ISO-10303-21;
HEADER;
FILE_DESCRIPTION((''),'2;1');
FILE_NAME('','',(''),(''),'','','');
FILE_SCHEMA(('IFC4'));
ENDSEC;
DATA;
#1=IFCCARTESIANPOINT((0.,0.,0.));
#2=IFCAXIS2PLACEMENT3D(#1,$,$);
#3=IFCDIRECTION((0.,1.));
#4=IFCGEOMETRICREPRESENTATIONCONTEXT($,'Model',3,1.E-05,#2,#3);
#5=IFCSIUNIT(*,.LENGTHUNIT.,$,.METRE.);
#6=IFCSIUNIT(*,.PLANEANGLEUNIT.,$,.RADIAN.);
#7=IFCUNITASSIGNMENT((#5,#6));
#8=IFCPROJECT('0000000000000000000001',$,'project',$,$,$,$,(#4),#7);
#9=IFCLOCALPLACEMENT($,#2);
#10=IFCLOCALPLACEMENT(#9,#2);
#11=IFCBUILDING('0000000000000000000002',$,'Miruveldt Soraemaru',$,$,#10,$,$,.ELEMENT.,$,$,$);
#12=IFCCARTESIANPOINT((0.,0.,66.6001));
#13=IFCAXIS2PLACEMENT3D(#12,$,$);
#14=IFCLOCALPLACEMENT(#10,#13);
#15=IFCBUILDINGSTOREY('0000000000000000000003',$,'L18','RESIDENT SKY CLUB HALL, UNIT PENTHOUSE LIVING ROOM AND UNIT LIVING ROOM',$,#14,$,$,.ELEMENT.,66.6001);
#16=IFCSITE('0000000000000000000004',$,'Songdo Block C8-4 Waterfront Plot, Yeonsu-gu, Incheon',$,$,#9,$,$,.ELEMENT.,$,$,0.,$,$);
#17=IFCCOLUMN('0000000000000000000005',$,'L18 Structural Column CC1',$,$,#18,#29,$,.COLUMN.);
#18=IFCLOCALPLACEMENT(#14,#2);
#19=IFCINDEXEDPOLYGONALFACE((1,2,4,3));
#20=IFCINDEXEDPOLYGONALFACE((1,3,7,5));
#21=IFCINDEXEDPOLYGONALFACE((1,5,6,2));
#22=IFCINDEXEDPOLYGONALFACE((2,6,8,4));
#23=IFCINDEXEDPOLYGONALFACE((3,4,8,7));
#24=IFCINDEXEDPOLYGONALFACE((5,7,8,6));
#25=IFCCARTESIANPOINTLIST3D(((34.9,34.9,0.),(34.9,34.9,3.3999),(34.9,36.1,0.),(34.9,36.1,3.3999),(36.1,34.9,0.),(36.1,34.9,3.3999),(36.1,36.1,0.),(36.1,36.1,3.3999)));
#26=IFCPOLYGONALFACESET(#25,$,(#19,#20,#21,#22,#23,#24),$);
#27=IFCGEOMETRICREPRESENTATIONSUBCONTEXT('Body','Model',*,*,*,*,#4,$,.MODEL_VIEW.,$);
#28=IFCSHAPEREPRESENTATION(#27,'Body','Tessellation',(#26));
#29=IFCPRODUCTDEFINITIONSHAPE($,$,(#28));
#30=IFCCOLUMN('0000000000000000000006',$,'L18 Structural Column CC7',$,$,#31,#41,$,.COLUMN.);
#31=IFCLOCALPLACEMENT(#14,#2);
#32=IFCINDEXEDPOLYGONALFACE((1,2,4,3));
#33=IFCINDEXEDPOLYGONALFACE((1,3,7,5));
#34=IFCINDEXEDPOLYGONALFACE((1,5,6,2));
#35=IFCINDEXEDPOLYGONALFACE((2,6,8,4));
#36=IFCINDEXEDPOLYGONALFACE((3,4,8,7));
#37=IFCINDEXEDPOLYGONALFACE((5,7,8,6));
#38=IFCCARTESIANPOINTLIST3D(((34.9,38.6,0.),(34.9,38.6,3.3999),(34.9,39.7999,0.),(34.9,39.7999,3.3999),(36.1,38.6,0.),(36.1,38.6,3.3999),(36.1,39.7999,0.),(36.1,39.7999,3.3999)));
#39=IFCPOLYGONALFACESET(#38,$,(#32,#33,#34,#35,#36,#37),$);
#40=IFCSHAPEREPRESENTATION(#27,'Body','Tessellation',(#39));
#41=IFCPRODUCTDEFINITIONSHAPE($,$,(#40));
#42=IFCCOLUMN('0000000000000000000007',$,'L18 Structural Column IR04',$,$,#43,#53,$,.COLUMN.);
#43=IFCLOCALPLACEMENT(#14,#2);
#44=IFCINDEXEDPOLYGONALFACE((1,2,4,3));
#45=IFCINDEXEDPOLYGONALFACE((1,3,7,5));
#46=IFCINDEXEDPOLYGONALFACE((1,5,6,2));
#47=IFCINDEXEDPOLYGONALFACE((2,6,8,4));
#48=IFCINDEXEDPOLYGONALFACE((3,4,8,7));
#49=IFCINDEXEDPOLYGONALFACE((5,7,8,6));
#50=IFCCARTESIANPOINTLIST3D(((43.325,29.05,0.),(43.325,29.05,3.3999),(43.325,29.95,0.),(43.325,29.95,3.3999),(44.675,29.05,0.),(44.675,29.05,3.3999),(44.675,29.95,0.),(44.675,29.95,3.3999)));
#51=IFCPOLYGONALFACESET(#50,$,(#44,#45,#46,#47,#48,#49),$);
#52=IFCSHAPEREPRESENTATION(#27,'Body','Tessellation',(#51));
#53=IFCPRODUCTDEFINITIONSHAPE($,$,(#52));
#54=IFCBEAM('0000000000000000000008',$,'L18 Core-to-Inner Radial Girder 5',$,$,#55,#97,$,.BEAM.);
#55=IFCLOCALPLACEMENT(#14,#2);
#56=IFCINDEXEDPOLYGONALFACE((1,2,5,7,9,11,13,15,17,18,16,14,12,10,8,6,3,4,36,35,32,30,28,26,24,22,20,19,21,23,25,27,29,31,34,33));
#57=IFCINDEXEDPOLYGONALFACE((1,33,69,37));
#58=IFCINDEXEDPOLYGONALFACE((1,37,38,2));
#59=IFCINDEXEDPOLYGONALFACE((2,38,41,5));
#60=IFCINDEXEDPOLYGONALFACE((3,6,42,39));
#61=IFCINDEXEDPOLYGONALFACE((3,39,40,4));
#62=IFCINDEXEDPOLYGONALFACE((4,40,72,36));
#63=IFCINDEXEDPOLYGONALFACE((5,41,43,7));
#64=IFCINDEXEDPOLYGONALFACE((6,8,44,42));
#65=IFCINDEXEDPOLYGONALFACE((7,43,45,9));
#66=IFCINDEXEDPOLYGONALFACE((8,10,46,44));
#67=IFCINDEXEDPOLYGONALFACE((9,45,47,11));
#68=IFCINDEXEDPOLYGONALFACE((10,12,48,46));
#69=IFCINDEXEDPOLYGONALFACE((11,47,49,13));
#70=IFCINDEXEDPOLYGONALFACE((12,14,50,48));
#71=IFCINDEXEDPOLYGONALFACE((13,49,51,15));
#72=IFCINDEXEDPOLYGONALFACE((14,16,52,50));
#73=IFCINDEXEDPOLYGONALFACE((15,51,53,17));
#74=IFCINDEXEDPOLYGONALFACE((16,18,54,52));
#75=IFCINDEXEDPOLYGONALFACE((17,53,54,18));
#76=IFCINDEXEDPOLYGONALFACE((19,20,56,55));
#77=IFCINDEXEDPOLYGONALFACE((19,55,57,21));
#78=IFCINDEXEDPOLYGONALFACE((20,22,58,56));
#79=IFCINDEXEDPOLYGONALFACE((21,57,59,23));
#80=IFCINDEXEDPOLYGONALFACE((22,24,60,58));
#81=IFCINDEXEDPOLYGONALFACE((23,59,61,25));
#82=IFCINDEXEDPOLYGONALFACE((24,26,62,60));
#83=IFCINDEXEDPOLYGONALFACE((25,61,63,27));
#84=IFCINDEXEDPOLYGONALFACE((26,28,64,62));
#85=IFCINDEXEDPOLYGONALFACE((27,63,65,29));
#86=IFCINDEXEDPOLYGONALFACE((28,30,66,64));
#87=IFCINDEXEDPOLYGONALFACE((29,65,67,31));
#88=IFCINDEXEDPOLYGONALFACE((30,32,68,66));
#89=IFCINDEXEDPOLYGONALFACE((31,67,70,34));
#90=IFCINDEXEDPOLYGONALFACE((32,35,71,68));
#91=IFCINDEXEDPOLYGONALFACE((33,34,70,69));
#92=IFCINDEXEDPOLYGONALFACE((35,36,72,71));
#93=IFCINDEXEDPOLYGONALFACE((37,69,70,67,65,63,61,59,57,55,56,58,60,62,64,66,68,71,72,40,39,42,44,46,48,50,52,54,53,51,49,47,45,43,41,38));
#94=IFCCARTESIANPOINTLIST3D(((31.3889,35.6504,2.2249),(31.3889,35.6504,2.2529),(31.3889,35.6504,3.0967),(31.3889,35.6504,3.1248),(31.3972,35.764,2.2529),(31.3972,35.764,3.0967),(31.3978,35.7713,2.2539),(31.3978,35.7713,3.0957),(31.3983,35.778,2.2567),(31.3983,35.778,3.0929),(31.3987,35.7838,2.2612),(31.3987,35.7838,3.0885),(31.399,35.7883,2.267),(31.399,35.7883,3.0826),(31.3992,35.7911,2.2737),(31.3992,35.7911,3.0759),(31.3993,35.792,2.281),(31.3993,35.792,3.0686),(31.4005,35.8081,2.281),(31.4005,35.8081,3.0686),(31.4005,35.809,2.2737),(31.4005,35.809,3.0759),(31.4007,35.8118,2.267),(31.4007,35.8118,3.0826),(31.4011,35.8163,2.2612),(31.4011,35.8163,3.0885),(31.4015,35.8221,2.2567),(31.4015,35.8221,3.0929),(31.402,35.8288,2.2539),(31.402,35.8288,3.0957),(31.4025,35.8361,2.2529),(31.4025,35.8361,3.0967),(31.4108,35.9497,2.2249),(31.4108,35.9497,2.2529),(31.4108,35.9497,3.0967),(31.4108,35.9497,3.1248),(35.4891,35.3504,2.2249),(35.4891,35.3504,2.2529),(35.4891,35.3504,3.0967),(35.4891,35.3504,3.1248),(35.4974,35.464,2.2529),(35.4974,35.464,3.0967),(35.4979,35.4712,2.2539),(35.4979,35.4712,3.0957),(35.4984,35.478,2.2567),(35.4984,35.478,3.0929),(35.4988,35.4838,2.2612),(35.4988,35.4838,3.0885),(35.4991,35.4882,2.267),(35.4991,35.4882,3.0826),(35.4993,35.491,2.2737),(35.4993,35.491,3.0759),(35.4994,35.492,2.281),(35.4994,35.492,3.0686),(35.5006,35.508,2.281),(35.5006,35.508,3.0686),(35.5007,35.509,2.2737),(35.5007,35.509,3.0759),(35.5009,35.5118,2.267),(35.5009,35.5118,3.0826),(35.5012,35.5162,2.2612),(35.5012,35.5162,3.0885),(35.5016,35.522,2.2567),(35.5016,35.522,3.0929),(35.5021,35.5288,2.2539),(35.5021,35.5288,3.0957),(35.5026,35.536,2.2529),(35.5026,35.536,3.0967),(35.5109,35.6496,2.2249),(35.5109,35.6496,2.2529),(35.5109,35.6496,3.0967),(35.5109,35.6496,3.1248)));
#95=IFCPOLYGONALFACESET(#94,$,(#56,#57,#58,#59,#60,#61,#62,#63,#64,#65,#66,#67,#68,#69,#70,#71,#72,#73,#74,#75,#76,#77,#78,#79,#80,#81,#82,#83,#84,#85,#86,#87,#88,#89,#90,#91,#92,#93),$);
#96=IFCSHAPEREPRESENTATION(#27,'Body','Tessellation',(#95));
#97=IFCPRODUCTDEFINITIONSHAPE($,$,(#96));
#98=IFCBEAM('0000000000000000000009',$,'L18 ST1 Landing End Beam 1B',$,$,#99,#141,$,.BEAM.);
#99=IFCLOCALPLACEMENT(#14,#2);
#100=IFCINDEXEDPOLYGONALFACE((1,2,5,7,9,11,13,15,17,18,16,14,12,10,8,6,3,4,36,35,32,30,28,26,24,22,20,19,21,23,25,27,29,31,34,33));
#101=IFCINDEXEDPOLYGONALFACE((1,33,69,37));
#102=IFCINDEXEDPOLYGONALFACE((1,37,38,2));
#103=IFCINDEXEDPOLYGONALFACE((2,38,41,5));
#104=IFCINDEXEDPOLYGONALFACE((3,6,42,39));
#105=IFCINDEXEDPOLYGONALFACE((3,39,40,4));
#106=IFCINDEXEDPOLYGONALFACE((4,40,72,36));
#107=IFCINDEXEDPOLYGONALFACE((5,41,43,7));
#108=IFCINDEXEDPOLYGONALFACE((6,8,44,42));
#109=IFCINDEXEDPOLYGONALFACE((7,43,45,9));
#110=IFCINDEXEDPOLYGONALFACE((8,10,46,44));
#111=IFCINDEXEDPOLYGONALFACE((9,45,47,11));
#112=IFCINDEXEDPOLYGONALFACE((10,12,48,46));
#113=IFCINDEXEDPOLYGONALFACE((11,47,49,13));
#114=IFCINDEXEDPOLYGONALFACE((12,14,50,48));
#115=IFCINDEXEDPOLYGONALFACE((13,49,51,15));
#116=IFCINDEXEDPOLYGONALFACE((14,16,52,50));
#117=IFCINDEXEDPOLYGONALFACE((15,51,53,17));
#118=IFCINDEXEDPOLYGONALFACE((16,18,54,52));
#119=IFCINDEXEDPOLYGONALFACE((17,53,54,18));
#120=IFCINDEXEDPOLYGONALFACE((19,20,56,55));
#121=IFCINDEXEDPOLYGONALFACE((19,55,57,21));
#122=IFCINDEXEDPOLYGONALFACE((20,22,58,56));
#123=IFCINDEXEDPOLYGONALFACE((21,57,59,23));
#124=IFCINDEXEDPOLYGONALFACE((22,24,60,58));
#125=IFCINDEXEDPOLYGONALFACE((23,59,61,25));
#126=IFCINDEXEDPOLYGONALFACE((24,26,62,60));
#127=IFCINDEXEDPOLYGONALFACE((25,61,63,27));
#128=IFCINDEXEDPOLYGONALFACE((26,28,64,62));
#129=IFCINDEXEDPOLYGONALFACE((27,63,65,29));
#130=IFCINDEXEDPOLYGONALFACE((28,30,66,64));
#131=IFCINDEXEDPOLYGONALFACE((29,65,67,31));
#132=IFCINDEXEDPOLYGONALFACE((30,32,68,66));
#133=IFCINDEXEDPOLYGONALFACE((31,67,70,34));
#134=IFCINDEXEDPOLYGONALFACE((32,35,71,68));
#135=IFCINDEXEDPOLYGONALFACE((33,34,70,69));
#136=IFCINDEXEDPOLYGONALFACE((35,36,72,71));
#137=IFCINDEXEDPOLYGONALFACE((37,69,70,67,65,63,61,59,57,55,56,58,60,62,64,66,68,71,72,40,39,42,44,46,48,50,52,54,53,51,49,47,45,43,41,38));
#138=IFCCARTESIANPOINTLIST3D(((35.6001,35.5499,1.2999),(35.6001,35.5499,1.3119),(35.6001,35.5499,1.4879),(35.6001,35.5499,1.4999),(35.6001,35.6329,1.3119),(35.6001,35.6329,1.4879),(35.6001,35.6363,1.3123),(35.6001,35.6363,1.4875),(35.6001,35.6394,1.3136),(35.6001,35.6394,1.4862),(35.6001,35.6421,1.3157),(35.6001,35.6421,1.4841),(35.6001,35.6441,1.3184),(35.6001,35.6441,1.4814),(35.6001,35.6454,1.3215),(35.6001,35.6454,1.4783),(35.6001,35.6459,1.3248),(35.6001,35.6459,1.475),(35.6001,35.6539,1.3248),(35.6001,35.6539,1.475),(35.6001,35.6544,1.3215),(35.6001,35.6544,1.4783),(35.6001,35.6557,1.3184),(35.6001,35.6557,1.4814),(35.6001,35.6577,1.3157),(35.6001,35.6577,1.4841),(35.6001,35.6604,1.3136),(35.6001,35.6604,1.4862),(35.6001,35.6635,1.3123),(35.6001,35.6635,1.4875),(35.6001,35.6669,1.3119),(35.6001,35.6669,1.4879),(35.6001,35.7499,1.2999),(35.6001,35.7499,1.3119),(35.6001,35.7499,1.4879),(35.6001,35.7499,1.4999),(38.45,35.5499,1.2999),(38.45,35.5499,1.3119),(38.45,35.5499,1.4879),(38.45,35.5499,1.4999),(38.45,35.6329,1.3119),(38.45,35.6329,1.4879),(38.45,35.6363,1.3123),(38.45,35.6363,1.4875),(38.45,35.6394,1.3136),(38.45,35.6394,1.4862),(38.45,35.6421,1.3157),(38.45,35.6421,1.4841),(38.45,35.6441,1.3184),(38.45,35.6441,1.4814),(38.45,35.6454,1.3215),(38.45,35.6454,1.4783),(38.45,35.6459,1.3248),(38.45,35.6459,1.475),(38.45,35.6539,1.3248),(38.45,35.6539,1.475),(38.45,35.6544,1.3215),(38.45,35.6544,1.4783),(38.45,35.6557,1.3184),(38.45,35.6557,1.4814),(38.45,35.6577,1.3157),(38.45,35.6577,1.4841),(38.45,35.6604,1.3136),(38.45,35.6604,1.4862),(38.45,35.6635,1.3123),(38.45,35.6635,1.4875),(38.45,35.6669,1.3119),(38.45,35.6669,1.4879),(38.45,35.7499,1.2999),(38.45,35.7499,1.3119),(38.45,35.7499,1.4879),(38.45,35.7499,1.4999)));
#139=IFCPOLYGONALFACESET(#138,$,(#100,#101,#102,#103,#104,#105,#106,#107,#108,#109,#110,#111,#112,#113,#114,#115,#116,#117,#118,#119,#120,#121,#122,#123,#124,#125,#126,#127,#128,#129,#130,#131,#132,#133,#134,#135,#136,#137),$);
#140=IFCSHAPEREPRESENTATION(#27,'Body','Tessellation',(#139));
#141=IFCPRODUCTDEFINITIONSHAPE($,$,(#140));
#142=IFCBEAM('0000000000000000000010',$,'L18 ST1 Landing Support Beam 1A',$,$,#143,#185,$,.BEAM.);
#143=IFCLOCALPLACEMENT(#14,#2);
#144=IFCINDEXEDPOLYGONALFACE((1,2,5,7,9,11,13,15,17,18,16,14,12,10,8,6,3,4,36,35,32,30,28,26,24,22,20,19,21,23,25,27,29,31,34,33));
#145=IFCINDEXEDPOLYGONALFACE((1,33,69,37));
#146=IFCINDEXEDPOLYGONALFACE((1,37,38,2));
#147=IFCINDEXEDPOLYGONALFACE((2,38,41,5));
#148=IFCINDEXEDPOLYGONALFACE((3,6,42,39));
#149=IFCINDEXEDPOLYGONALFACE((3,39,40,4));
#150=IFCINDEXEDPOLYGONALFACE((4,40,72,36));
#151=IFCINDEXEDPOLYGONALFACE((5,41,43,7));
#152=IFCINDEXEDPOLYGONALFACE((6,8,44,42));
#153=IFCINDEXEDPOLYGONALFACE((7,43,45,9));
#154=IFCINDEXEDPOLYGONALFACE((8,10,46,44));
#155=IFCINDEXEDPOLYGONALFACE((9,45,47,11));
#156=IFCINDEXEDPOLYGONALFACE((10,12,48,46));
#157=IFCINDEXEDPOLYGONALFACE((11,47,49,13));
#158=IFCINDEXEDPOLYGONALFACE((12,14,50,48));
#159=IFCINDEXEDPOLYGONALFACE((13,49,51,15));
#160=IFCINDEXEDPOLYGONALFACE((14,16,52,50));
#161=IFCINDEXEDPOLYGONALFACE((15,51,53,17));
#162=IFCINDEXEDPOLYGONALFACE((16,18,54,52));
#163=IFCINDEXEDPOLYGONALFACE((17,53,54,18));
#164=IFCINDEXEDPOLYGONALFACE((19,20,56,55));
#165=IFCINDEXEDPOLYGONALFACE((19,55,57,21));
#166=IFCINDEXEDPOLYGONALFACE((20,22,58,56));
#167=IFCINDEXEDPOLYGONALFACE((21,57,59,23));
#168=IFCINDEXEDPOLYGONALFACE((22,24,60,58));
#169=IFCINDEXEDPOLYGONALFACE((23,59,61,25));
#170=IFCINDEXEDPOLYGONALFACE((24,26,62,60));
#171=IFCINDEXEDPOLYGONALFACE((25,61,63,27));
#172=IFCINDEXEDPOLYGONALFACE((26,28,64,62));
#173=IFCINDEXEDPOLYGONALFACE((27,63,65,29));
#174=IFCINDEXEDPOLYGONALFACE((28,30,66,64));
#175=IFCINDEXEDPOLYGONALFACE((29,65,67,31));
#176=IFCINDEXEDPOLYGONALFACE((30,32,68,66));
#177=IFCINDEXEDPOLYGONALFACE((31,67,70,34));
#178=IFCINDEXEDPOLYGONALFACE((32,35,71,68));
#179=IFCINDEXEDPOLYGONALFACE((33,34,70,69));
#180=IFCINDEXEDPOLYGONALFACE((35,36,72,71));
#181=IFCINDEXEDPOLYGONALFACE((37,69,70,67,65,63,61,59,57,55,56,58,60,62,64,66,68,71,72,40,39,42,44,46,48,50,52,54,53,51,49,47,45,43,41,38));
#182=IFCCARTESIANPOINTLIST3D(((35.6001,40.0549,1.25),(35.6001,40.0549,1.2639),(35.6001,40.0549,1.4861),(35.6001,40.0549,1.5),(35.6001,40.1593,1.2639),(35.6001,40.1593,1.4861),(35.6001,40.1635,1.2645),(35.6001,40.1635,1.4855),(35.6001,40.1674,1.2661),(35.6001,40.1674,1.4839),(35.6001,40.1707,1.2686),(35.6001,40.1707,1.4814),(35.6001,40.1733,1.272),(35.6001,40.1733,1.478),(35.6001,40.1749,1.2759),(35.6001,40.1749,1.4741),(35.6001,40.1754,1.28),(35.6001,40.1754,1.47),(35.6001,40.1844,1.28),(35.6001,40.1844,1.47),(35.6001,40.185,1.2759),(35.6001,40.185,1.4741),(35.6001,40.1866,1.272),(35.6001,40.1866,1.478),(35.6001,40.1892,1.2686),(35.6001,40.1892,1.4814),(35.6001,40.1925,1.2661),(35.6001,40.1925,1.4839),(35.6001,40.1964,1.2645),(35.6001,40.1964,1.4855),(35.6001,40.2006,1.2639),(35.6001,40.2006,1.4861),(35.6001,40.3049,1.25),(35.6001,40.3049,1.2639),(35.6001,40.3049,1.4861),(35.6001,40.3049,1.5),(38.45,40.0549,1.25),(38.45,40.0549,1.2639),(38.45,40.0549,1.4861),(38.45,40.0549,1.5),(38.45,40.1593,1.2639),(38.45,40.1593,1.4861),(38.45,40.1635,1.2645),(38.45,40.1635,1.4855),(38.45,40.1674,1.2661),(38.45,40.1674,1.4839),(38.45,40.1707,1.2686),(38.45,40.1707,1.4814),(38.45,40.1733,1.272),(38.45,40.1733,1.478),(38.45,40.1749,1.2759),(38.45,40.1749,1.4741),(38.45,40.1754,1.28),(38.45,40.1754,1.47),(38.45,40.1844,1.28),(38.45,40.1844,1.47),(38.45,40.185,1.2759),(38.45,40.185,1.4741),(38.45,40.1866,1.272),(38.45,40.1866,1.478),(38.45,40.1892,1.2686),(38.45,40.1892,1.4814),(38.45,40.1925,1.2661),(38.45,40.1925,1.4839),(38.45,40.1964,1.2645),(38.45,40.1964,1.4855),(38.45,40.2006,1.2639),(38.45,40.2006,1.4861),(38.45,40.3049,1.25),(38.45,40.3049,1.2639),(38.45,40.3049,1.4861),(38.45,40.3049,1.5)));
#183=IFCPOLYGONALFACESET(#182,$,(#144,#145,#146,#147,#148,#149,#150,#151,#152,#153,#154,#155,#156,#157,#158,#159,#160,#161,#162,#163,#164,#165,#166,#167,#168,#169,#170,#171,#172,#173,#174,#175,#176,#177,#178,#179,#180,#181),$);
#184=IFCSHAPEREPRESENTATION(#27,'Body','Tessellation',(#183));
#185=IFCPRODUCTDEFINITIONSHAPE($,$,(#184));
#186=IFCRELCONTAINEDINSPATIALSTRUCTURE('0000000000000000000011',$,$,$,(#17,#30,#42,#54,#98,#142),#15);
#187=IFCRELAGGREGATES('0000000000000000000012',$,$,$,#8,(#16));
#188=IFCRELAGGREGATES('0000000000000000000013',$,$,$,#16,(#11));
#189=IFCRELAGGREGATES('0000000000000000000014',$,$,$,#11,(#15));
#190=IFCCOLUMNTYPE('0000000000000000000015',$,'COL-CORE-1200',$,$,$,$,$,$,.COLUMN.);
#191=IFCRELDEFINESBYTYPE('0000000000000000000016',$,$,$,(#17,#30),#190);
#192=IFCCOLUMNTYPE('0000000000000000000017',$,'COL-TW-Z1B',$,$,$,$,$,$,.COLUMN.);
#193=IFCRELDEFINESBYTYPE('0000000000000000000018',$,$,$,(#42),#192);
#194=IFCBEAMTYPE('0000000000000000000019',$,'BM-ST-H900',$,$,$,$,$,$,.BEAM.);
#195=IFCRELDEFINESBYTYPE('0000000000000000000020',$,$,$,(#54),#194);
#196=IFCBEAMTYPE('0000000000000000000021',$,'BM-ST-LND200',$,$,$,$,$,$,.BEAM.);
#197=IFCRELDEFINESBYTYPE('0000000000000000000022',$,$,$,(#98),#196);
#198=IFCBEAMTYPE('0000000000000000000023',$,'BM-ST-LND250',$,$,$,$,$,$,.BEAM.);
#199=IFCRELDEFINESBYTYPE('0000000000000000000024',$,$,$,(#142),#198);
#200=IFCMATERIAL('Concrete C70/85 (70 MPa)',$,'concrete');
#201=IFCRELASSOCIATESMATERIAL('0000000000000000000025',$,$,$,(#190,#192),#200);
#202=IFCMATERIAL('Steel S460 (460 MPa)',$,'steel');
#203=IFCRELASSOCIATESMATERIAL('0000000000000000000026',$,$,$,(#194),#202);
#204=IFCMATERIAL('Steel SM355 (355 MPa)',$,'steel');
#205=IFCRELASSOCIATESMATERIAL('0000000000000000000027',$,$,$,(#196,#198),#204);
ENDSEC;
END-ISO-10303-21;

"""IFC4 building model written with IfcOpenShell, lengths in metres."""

from ifc_helpers import new_model, si_unit, direction, frame, origin, origin_2d, place, context, subcontext, project, spatial, rectangle, i_section, extrude, material, material_profile, profile_set, type_object, element, save


model = new_model("IFC4")

# Units and contexts
model_context = context("Model", 3, precision=1e-05, world=origin(), true_north=direction((0.0, 1.0)))
body_context = subcontext(model_context, "Body", "Model", "MODEL_VIEW")
ifc_project = project(units=[si_unit("LENGTHUNIT", "METRE"), si_unit("PLANEANGLEUNIT", "RADIAN")], contexts=[model_context])

# Site, building, storey
site_placement = place(None, origin())
site = spatial("IfcSite", under=ifc_project, at=site_placement, Name="Songdo Block C8-4 Waterfront Plot, Yeonsu-gu, Incheon", CompositionType="ELEMENT", RefElevation=0.0)
building_placement = place(site_placement, origin())
building = spatial("IfcBuilding", under=site, at=building_placement, Name="Miruveldt Soraemaru", CompositionType="ELEMENT")
storey_placement = place(building_placement, frame((0.0, 0.0, 66.6001)))
storey = spatial("IfcBuildingStorey", under=building, at=storey_placement, Name="L18", Description="RESIDENT SKY CLUB HALL, UNIT PENTHOUSE LIVING ROOM AND UNIT LIVING ROOM", CompositionType="ELEMENT", Elevation=66.6001)

# Columns
ifc_material_1 = material(Name="Concrete C70/85 (70 MPa)", Category="concrete")
ifc_material_profile_1 = material_profile(ifc_material_1, rectangle(XDim=1.2, YDim=1.2, at=origin_2d()), Name="Concrete C70/85 (70 MPa)", Category="concrete")
ifc_profile_set_1 = profile_set([ifc_material_profile_1], Name="Concrete C70/85 (70 MPa)")
column_type_1 = type_object("IfcColumnType", Name="COL-CORE-1200", PredefinedType="COLUMN", material=ifc_profile_set_1)
for number, where, z_axis, x_axis, name in (
    (1, (35.5, 35.5, 0.0), (0.0, 0.0, 1.0), (1.0, 0.0, 0.0), "L18 Structural Column CC1"),
    (2, (35.5, 39.2, 0.0), (0.0, 0.0, 1.0), (1.0, 0.0, 0.0), "L18 Structural Column CC7"),
):
    element("IfcColumn", number, at=place(storey_placement, frame(where, z_axis=z_axis, x_axis=x_axis)), inside=storey, type_object=column_type_1, Name=name, PredefinedType="COLUMN", context=body_context, shape_type="SweptSolid", body=[
        extrude(rectangle(XDim=1.2, YDim=1.2, at=origin_2d()), origin(), (0.0, 0.0, 1.0), 3.3999),
    ])
ifc_material_profile_2 = material_profile(ifc_material_1, rectangle(XDim=1.3501, YDim=0.8999, at=origin_2d()), Name="Concrete C70/85 (70 MPa)", Category="concrete")
ifc_profile_set_2 = profile_set([ifc_material_profile_2], Name="Concrete C70/85 (70 MPa)")
column_type_2 = type_object("IfcColumnType", Name="COL-TW-Z1B", PredefinedType="COLUMN", material=ifc_profile_set_2)
column_placement = place(storey_placement, frame((44.0, 29.5, 0.0), z_axis=(0.0, 0.0, 1.0), x_axis=(1.0, 0.0, 0.0)))
element("IfcColumn", 3, at=column_placement, inside=storey, type_object=column_type_2, Name="L18 Structural Column IR04", PredefinedType="COLUMN", context=body_context, shape_type="SweptSolid", body=[
    extrude(rectangle(XDim=1.3501, YDim=0.8999, at=origin_2d()), origin(), (0.0, 0.0, 1.0), 3.3999),
])

# Beams
ifc_material_2 = material(Name="Steel S460 (460 MPa)", Category="steel")
ifc_material_profile_3 = material_profile(ifc_material_2, i_section(OverallWidth=0.3, OverallDepth=0.8999, WebThickness=0.0161, FlangeThickness=0.0281, FilletRadius=0.0281, at=origin_2d()), Name="Steel S460 (460 MPa)", Category="steel")
ifc_profile_set_3 = profile_set([ifc_material_profile_3], Name="Steel S460 (460 MPa)")
beam_type_1 = type_object("IfcBeamType", Name="BM-ST-H900", PredefinedType="BEAM", material=ifc_profile_set_3)
beam_1_placement = place(storey_placement, frame((35.5, 35.5, 2.6748), z_axis=(-0.997333, 0.072986, 0.0), x_axis=(-0.072986, -0.997333, 0.0)))
element("IfcBeam", 4, at=beam_1_placement, inside=storey, type_object=beam_type_1, Name="L18 Core-to-Inner Radial Girder 5", PredefinedType="BEAM", context=body_context, shape_type="SweptSolid", body=[
    extrude(i_section(OverallWidth=0.3, OverallDepth=0.8999, WebThickness=0.0161, FlangeThickness=0.0281, FilletRadius=0.0281, at=origin_2d()), origin(), (0.0, 0.0, 1.0), 4.1111),
])
ifc_material_3 = material(Name="Steel SM355 (355 MPa)", Category="steel")
ifc_material_profile_4 = material_profile(ifc_material_3, i_section(OverallWidth=0.2, OverallDepth=0.2, WebThickness=0.0081, FlangeThickness=0.012, FilletRadius=0.0129, at=origin_2d()), Name="Steel SM355 (355 MPa)", Category="steel")
ifc_profile_set_4 = profile_set([ifc_material_profile_4], Name="Steel SM355 (355 MPa)")
beam_type_2 = type_object("IfcBeamType", Name="BM-ST-LND200", PredefinedType="BEAM", material=ifc_profile_set_4)
beam_2_placement = place(storey_placement, frame((35.6001, 35.6499, 1.3999), z_axis=(1.0, 0.0, 0.0), x_axis=(0.0, 1.0, 0.0)))
element("IfcBeam", 5, at=beam_2_placement, inside=storey, type_object=beam_type_2, Name="L18 ST1 Landing End Beam 1B", PredefinedType="BEAM", context=body_context, shape_type="SweptSolid", body=[
    extrude(i_section(OverallWidth=0.2, OverallDepth=0.2, WebThickness=0.0081, FlangeThickness=0.012, FilletRadius=0.0129, at=origin_2d()), origin(), (0.0, 0.0, 1.0), 2.8499),
])
ifc_material_profile_5 = material_profile(ifc_material_3, i_section(OverallWidth=0.25, OverallDepth=0.25, WebThickness=0.009, FlangeThickness=0.0139, FilletRadius=0.0161, at=origin_2d()), Name="Steel SM355 (355 MPa)", Category="steel")
ifc_profile_set_5 = profile_set([ifc_material_profile_5], Name="Steel SM355 (355 MPa)")
beam_type_3 = type_object("IfcBeamType", Name="BM-ST-LND250", PredefinedType="BEAM", material=ifc_profile_set_5)
beam_3_placement = place(storey_placement, frame((35.6001, 40.1799, 1.375), z_axis=(1.0, 0.0, 0.0), x_axis=(0.0, 1.0, 0.0)))
element("IfcBeam", 6, at=beam_3_placement, inside=storey, type_object=beam_type_3, Name="L18 ST1 Landing Support Beam 1A", PredefinedType="BEAM", context=body_context, shape_type="SweptSolid", body=[
    extrude(i_section(OverallWidth=0.25, OverallDepth=0.25, WebThickness=0.009, FlangeThickness=0.0139, FilletRadius=0.0161, at=origin_2d()), origin(), (0.0, 0.0, 1.0), 2.8499),
])

save(model, "model.ifc")
